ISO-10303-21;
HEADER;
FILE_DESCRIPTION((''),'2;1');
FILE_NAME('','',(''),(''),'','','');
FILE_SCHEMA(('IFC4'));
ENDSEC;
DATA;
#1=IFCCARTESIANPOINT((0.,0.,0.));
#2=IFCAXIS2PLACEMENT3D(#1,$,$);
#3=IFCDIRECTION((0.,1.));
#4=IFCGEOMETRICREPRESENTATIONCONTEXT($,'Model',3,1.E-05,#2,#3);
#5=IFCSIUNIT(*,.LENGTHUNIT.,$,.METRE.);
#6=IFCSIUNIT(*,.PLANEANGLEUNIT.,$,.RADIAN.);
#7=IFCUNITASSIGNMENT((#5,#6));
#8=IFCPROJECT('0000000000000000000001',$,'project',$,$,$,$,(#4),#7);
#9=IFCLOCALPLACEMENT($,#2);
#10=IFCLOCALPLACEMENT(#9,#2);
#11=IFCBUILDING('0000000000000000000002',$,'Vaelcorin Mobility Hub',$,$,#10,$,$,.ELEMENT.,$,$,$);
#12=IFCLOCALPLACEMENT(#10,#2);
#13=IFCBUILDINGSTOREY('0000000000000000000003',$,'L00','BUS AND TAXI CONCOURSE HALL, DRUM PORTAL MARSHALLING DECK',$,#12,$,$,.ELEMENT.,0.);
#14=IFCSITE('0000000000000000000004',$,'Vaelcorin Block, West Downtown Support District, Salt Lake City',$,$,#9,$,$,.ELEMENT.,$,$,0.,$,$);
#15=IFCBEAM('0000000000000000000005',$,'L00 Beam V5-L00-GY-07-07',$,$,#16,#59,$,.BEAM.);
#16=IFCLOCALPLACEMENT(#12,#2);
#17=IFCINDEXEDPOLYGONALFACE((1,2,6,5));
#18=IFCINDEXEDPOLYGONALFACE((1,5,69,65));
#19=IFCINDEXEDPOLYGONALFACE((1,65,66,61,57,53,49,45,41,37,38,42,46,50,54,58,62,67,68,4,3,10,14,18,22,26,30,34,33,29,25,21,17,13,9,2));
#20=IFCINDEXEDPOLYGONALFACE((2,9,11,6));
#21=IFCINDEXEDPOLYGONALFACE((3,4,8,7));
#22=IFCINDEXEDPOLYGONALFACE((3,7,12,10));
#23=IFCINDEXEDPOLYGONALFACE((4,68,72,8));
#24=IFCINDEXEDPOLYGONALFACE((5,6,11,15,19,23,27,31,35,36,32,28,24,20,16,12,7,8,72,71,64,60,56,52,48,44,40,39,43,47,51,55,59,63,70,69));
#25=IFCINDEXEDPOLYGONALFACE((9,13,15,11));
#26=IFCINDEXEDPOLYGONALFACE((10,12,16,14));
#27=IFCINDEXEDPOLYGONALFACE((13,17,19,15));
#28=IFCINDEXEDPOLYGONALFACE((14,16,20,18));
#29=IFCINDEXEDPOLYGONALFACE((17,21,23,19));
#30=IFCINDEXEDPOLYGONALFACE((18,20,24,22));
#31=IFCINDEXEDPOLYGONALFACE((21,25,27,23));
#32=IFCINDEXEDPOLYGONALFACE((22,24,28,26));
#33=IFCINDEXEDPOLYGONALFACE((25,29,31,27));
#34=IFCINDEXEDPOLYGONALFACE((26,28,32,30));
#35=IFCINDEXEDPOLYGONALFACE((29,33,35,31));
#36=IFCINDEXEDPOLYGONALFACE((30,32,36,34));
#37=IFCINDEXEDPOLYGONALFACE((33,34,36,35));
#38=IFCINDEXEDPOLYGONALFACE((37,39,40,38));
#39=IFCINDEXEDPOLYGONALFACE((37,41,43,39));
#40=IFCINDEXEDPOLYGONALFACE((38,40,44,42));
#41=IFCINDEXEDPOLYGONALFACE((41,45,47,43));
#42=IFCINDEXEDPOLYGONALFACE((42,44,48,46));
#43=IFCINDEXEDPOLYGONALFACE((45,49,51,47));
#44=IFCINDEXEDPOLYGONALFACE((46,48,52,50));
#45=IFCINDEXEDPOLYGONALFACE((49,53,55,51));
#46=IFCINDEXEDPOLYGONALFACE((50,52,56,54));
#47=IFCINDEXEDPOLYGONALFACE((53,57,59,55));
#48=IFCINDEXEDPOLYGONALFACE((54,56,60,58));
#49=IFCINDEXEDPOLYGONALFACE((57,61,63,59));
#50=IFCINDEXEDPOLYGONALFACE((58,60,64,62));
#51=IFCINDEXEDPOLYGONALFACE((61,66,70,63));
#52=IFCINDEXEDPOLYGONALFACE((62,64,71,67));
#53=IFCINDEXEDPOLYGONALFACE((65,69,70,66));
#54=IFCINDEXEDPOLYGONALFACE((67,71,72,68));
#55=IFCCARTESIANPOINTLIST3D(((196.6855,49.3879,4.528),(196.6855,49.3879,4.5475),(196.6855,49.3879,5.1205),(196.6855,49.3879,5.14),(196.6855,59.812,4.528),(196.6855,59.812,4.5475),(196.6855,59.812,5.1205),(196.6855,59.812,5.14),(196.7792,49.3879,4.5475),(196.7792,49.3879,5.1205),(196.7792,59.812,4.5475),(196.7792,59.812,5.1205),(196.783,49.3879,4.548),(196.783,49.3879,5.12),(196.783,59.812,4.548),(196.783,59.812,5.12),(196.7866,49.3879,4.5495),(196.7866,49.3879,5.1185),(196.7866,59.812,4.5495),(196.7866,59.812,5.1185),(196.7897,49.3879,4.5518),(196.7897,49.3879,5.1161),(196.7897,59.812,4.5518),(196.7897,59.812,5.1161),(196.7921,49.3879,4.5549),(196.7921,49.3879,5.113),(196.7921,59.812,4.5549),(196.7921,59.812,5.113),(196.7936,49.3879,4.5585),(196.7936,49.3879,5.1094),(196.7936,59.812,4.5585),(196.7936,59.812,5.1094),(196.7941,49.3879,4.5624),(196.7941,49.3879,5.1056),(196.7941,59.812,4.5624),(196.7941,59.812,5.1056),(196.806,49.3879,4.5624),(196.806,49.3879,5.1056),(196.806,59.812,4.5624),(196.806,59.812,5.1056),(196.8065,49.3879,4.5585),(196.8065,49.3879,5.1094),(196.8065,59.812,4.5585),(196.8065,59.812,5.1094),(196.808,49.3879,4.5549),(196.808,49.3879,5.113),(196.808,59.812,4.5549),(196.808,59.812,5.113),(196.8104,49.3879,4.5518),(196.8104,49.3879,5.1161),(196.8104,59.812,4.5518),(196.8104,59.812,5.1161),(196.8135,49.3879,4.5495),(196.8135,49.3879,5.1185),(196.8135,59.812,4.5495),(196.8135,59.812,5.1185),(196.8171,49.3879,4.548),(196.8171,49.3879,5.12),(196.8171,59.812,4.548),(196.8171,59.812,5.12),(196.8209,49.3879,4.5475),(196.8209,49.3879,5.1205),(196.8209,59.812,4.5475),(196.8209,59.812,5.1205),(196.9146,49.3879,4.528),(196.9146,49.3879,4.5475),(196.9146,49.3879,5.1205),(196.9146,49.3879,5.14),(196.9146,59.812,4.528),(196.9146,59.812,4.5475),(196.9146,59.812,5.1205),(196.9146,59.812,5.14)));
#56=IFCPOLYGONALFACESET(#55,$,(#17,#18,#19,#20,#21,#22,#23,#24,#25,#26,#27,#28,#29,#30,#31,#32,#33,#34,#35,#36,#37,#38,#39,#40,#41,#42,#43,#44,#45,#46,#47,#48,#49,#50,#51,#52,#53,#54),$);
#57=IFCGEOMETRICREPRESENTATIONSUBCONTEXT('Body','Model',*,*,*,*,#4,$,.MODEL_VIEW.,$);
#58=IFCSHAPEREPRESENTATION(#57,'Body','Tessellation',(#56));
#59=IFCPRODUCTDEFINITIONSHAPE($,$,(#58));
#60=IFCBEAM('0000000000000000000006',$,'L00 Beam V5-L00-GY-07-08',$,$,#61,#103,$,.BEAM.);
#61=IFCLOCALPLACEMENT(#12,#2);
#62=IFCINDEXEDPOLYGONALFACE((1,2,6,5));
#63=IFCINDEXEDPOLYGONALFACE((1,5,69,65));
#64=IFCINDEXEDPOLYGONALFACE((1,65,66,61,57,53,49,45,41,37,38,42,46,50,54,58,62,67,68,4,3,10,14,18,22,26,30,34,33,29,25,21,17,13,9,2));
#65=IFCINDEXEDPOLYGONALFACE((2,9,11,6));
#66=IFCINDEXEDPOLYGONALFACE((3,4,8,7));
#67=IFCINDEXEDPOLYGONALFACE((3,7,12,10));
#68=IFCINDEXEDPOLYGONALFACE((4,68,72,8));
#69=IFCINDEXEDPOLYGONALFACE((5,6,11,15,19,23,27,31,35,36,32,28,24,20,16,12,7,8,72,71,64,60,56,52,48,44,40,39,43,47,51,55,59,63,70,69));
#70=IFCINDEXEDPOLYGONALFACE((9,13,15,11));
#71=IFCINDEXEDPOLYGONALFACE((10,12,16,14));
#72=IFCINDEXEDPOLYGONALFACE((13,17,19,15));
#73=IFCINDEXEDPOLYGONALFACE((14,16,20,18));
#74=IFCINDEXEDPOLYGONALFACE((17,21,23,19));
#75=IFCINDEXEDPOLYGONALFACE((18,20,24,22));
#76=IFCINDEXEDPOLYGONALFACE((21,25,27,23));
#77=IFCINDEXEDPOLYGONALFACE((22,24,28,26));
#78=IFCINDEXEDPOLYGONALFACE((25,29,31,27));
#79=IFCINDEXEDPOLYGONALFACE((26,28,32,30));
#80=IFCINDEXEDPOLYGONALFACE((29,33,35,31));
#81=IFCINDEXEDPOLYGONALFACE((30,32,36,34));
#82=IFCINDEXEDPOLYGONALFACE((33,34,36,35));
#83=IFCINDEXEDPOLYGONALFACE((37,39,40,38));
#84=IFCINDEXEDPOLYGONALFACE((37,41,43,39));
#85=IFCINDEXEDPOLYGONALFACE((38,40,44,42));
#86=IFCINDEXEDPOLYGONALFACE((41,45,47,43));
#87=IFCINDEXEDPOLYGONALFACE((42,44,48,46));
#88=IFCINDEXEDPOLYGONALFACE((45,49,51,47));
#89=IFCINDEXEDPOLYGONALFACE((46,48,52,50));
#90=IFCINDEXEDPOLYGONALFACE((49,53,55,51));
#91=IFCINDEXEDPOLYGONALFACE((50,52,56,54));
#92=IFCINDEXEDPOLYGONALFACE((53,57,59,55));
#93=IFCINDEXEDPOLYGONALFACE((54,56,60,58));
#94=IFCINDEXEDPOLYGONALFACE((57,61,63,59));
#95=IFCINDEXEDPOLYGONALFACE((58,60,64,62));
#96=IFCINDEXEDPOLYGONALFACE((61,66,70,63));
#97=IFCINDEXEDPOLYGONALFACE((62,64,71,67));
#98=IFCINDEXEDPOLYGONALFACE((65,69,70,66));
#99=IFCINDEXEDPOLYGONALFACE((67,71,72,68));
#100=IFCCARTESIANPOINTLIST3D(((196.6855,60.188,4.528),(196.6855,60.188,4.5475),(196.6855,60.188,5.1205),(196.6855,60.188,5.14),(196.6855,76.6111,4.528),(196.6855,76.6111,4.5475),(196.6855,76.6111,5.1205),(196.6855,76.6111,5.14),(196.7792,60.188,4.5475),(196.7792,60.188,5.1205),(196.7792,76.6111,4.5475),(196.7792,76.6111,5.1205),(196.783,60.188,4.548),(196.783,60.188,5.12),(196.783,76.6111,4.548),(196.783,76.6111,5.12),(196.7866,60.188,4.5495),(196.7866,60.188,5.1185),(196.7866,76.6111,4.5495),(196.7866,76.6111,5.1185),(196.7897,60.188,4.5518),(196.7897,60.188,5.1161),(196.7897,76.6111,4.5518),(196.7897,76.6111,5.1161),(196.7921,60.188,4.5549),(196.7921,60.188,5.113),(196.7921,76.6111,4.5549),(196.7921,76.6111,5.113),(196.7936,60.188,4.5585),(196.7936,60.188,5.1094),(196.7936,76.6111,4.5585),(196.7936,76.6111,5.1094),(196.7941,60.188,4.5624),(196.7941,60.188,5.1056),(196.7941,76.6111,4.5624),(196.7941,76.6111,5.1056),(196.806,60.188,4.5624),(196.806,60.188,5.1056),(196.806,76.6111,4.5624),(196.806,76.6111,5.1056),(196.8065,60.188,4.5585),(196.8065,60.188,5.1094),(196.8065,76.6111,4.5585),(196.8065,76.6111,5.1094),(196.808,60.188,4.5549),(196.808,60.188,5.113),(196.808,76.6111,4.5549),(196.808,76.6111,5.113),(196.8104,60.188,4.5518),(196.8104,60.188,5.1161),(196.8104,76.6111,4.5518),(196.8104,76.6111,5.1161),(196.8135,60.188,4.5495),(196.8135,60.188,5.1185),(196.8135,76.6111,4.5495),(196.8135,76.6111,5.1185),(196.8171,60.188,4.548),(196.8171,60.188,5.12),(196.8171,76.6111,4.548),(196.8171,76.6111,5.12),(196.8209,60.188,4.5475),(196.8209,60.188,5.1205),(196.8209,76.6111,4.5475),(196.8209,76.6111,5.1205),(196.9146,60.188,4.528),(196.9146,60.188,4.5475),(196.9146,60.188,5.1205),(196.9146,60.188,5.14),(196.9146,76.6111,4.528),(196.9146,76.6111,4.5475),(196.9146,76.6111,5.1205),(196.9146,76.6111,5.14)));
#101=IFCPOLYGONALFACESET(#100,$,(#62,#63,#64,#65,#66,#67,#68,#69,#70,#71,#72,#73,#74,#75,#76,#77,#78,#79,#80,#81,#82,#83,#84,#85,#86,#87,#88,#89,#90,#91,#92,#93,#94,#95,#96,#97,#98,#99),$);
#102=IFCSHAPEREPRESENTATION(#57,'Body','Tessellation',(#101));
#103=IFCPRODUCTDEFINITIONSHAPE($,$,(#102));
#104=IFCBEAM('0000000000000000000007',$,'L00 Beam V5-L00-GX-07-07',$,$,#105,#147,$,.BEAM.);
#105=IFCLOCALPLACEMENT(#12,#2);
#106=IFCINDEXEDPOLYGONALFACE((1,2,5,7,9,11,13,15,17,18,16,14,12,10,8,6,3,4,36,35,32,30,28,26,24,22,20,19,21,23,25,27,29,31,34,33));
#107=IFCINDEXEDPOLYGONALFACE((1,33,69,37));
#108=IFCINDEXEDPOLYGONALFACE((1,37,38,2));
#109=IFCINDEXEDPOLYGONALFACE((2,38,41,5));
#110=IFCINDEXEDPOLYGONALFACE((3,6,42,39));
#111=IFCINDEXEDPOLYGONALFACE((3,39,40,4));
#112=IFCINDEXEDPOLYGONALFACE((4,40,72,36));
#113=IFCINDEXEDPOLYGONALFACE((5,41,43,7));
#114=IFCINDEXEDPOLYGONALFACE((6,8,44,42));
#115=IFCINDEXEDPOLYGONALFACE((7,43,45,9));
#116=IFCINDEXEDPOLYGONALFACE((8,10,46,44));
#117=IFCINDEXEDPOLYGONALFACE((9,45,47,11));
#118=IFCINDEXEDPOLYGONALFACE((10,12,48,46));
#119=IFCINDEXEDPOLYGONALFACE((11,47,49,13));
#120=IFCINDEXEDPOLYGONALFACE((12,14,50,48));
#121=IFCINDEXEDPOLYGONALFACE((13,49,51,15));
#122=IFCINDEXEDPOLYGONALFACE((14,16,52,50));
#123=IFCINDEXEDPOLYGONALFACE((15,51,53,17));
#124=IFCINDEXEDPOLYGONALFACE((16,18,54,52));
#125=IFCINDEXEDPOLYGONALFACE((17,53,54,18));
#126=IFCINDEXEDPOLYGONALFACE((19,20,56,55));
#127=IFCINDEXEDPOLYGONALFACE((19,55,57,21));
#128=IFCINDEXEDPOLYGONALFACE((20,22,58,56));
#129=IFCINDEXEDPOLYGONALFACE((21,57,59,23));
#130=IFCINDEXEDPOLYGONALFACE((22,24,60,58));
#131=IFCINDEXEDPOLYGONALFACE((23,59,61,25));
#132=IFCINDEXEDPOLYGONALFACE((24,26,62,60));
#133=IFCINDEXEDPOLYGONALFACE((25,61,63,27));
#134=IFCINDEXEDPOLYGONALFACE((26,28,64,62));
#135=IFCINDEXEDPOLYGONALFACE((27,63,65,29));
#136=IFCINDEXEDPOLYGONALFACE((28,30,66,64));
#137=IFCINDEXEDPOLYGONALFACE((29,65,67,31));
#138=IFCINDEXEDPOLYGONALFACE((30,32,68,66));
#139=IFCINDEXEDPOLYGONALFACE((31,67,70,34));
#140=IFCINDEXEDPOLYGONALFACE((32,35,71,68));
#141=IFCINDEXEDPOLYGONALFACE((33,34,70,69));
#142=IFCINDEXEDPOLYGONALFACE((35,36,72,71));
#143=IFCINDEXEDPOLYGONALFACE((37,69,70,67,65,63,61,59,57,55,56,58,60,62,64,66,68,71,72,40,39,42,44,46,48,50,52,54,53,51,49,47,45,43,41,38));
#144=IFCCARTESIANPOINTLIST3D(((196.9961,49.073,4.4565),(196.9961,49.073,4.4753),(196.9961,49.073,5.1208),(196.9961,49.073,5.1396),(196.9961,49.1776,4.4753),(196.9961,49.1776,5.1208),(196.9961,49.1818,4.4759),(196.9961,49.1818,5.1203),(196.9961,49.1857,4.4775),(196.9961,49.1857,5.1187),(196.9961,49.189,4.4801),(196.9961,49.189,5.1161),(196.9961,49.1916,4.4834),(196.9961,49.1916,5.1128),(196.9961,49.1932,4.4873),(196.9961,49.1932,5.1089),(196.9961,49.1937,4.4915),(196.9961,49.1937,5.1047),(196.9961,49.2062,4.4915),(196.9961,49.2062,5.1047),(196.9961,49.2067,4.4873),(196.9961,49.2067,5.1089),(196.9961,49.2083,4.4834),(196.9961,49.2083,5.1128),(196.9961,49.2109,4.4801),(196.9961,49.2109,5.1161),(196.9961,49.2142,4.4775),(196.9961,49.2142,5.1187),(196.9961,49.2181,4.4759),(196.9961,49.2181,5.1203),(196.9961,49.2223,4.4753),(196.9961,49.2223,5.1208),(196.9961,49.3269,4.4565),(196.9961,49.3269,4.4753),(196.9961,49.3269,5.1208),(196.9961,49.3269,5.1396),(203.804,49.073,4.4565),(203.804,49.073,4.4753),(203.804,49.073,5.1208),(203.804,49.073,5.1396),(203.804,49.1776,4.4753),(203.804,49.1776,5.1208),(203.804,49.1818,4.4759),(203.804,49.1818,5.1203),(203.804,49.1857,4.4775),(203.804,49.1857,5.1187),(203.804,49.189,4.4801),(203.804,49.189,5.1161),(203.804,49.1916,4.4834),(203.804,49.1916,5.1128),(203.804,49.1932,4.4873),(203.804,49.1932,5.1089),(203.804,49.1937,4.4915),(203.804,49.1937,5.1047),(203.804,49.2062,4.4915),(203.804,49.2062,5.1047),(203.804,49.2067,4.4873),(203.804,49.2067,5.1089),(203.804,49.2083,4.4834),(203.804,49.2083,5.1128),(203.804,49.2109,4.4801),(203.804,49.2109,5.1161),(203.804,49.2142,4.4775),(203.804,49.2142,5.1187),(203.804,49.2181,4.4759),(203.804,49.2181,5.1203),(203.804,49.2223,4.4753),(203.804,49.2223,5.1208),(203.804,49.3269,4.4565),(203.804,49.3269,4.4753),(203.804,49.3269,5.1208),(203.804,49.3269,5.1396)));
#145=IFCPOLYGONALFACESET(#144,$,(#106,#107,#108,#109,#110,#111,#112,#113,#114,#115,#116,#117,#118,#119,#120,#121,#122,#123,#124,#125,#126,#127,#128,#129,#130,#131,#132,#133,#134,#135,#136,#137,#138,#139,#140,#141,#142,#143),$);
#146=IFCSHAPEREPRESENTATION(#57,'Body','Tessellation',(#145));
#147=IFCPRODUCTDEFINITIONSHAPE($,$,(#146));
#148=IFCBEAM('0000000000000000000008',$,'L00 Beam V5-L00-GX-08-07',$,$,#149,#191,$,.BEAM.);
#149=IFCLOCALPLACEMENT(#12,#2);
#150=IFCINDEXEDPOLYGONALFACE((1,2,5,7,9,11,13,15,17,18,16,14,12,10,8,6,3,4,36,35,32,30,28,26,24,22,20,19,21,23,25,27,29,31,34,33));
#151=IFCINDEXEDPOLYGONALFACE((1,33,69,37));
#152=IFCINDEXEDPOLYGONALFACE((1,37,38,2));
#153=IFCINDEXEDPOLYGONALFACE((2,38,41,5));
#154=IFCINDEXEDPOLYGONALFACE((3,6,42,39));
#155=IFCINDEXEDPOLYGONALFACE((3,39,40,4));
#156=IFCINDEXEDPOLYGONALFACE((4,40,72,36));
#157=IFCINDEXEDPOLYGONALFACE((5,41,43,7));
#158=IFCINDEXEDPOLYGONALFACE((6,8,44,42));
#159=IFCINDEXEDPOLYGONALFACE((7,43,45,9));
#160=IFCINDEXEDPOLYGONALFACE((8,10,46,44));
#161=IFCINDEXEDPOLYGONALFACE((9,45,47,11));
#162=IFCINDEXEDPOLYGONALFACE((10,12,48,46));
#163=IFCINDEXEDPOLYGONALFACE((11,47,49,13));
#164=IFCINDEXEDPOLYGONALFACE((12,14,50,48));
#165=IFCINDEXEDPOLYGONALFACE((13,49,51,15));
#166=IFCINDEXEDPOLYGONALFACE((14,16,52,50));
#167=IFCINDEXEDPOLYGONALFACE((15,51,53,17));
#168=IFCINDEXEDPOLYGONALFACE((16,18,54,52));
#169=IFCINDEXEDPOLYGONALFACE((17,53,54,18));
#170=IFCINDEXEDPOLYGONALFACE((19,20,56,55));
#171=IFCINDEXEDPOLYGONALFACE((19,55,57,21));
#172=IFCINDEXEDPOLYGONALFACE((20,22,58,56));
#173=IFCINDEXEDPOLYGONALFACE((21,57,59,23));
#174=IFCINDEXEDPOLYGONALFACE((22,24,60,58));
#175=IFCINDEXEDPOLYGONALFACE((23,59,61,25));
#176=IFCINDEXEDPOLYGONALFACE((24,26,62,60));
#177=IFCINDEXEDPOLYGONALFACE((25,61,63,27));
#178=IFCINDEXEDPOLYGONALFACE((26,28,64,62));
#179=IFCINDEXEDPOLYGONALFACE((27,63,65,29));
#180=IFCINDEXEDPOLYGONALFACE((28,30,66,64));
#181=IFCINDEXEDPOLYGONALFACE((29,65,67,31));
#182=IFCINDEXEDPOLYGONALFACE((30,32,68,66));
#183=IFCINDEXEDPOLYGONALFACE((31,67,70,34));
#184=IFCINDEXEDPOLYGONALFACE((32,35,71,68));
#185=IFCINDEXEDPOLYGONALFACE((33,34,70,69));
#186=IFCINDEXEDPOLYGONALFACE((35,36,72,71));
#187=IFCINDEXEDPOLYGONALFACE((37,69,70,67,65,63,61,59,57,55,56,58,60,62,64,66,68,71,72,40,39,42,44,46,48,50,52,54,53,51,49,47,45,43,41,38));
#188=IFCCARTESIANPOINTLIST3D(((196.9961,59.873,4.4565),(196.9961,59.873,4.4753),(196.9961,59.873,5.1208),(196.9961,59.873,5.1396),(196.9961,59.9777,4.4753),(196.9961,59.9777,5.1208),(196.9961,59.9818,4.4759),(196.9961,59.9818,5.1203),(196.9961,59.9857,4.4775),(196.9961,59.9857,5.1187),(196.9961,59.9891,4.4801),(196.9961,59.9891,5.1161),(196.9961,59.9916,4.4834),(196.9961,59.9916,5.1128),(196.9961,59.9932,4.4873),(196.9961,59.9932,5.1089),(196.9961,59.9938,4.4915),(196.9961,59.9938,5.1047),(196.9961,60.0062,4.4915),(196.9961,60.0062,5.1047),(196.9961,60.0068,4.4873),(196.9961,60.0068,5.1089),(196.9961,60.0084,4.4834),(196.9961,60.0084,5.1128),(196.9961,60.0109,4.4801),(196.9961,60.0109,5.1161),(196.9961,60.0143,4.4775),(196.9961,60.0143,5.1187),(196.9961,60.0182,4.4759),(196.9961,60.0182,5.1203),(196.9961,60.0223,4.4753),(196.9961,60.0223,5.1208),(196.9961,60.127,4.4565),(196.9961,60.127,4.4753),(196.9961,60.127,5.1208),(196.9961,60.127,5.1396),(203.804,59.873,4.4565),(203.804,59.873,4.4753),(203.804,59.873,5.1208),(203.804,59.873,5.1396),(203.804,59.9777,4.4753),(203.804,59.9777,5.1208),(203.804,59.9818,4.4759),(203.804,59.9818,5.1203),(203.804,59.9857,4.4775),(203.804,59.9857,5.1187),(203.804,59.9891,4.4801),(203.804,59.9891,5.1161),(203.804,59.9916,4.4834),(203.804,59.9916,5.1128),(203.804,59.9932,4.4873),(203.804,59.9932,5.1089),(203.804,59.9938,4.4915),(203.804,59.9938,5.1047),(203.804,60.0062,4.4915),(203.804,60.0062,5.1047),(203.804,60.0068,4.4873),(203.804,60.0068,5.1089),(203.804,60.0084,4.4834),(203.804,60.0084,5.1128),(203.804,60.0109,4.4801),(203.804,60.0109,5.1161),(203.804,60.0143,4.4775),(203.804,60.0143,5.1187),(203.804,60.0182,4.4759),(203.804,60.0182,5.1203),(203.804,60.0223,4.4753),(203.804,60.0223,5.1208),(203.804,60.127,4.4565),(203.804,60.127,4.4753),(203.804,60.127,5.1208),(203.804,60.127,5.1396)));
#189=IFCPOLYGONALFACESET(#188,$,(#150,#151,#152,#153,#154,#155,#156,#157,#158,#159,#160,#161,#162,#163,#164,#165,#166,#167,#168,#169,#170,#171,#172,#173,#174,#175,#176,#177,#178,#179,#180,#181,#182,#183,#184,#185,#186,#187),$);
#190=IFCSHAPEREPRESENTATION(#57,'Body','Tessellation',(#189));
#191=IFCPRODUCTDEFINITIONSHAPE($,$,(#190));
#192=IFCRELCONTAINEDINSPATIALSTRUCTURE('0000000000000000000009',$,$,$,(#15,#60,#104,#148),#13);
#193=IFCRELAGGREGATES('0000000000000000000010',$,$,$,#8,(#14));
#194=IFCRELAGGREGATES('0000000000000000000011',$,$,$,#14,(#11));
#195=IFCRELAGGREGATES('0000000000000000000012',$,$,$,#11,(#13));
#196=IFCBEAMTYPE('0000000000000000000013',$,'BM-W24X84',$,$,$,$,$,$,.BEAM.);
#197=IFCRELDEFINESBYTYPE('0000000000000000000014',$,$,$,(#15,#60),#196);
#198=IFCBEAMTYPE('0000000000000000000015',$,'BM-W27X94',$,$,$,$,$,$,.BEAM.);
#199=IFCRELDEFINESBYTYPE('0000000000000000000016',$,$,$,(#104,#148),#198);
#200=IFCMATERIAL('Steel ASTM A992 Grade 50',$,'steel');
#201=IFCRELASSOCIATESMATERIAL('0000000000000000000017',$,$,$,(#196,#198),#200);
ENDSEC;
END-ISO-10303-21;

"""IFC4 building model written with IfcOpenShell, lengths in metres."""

from ifc_helpers import new_model, si_unit, direction, frame, origin, origin_2d, place, context, subcontext, project, spatial, i_section, extrude, material, material_profile, profile_set, type_object, element, save


model = new_model("IFC4")

# Units and contexts
model_context = context("Model", 3, precision=1e-05, world=origin(), true_north=direction((0.0, 1.0)))
body_context = subcontext(model_context, "Body", "Model", "MODEL_VIEW")
ifc_project = project(units=[si_unit("LENGTHUNIT", "METRE"), si_unit("PLANEANGLEUNIT", "RADIAN")], contexts=[model_context])

# Site, building, storey
site_placement = place(None, origin())
site = spatial("IfcSite", under=ifc_project, at=site_placement, Name="Vaelcorin Block, West Downtown Support District, Salt Lake City", CompositionType="ELEMENT", RefElevation=0.0)
building_placement = place(site_placement, origin())
building = spatial("IfcBuilding", under=site, at=building_placement, Name="Vaelcorin Mobility Hub", CompositionType="ELEMENT")
storey_placement = place(building_placement, origin())
storey = spatial("IfcBuildingStorey", under=building, at=storey_placement, Name="L00", Description="BUS AND TAXI CONCOURSE HALL, DRUM PORTAL MARSHALLING DECK", CompositionType="ELEMENT", Elevation=0.0)

# Shared definitions
ifc_material_1 = material(Name="Steel ASTM A992 Grade 50", Category="steel")

# Beams
ifc_material_profile_1 = material_profile(ifc_material_1, i_section(OverallWidth=0.229, OverallDepth=0.6121, WebThickness=0.012, FlangeThickness=0.0195, FilletRadius=0.0149, at=origin_2d()), Name="W24X84")
ifc_profile_set_1 = profile_set([ifc_material_profile_1], Name="Steel ASTM A992 Grade 50")
beam_type_1 = type_object("IfcBeamType", Name="BM-W24X84", PredefinedType="BEAM", material=ifc_profile_set_1)
beam_1_placement = place(storey_placement, frame((196.8, 49.3879, 4.834), z_axis=(0.0, 1.0, 0.0), x_axis=(-1.0, 0.0, 0.0)))
element("IfcBeam", 1, at=beam_1_placement, inside=storey, type_object=beam_type_1, Name="L00 Beam V5-L00-GY-07-07", PredefinedType="BEAM", context=body_context, shape_type="SweptSolid", body=[
    extrude(i_section(OverallWidth=0.229, OverallDepth=0.6121, WebThickness=0.012, FlangeThickness=0.0195, FilletRadius=0.0149, at=origin_2d()), origin(), (0.0, 0.0, 1.0), 10.4241),
])
beam_2_placement = place(storey_placement, frame((196.8, 60.188, 4.834), z_axis=(0.0, 1.0, 0.0), x_axis=(-1.0, 0.0, 0.0)))
element("IfcBeam", 2, at=beam_2_placement, inside=storey, type_object=beam_type_1, Name="L00 Beam V5-L00-GY-07-08", PredefinedType="BEAM", context=body_context, shape_type="SweptSolid", body=[
    extrude(i_section(OverallWidth=0.229, OverallDepth=0.6121, WebThickness=0.012, FlangeThickness=0.0195, FilletRadius=0.0149, at=origin_2d()), origin(), (0.0, 0.0, 1.0), 16.4231),
])
ifc_material_profile_2 = material_profile(ifc_material_1, i_section(OverallWidth=0.2539, OverallDepth=0.6831, WebThickness=0.0125, FlangeThickness=0.0188, FilletRadius=0.0161, at=origin_2d()), Name="W27X94")
ifc_profile_set_2 = profile_set([ifc_material_profile_2], Name="Steel ASTM A992 Grade 50")
beam_type_2 = type_object("IfcBeamType", Name="BM-W27X94", PredefinedType="BEAM", material=ifc_profile_set_2)
for number, where, z_axis, x_axis, name in (
    (3, (196.9961, 49.2, 4.7981), (1.0, 0.0, 0.0), (0.0, 1.0, 0.0), "L00 Beam V5-L00-GX-07-07"),
    (4, (196.9961, 60.0, 4.7981), (1.0, 0.0, 0.0), (0.0, 1.0, 0.0), "L00 Beam V5-L00-GX-08-07"),
):
    element("IfcBeam", number, at=place(storey_placement, frame(where, z_axis=z_axis, x_axis=x_axis)), inside=storey, type_object=beam_type_2, Name=name, PredefinedType="BEAM", context=body_context, shape_type="SweptSolid", body=[
        extrude(i_section(OverallWidth=0.2539, OverallDepth=0.6831, WebThickness=0.0125, FlangeThickness=0.0188, FilletRadius=0.0161, at=origin_2d()), origin(), (0.0, 0.0, 1.0), 6.8079),
    ])

save(model, "model.ifc")
